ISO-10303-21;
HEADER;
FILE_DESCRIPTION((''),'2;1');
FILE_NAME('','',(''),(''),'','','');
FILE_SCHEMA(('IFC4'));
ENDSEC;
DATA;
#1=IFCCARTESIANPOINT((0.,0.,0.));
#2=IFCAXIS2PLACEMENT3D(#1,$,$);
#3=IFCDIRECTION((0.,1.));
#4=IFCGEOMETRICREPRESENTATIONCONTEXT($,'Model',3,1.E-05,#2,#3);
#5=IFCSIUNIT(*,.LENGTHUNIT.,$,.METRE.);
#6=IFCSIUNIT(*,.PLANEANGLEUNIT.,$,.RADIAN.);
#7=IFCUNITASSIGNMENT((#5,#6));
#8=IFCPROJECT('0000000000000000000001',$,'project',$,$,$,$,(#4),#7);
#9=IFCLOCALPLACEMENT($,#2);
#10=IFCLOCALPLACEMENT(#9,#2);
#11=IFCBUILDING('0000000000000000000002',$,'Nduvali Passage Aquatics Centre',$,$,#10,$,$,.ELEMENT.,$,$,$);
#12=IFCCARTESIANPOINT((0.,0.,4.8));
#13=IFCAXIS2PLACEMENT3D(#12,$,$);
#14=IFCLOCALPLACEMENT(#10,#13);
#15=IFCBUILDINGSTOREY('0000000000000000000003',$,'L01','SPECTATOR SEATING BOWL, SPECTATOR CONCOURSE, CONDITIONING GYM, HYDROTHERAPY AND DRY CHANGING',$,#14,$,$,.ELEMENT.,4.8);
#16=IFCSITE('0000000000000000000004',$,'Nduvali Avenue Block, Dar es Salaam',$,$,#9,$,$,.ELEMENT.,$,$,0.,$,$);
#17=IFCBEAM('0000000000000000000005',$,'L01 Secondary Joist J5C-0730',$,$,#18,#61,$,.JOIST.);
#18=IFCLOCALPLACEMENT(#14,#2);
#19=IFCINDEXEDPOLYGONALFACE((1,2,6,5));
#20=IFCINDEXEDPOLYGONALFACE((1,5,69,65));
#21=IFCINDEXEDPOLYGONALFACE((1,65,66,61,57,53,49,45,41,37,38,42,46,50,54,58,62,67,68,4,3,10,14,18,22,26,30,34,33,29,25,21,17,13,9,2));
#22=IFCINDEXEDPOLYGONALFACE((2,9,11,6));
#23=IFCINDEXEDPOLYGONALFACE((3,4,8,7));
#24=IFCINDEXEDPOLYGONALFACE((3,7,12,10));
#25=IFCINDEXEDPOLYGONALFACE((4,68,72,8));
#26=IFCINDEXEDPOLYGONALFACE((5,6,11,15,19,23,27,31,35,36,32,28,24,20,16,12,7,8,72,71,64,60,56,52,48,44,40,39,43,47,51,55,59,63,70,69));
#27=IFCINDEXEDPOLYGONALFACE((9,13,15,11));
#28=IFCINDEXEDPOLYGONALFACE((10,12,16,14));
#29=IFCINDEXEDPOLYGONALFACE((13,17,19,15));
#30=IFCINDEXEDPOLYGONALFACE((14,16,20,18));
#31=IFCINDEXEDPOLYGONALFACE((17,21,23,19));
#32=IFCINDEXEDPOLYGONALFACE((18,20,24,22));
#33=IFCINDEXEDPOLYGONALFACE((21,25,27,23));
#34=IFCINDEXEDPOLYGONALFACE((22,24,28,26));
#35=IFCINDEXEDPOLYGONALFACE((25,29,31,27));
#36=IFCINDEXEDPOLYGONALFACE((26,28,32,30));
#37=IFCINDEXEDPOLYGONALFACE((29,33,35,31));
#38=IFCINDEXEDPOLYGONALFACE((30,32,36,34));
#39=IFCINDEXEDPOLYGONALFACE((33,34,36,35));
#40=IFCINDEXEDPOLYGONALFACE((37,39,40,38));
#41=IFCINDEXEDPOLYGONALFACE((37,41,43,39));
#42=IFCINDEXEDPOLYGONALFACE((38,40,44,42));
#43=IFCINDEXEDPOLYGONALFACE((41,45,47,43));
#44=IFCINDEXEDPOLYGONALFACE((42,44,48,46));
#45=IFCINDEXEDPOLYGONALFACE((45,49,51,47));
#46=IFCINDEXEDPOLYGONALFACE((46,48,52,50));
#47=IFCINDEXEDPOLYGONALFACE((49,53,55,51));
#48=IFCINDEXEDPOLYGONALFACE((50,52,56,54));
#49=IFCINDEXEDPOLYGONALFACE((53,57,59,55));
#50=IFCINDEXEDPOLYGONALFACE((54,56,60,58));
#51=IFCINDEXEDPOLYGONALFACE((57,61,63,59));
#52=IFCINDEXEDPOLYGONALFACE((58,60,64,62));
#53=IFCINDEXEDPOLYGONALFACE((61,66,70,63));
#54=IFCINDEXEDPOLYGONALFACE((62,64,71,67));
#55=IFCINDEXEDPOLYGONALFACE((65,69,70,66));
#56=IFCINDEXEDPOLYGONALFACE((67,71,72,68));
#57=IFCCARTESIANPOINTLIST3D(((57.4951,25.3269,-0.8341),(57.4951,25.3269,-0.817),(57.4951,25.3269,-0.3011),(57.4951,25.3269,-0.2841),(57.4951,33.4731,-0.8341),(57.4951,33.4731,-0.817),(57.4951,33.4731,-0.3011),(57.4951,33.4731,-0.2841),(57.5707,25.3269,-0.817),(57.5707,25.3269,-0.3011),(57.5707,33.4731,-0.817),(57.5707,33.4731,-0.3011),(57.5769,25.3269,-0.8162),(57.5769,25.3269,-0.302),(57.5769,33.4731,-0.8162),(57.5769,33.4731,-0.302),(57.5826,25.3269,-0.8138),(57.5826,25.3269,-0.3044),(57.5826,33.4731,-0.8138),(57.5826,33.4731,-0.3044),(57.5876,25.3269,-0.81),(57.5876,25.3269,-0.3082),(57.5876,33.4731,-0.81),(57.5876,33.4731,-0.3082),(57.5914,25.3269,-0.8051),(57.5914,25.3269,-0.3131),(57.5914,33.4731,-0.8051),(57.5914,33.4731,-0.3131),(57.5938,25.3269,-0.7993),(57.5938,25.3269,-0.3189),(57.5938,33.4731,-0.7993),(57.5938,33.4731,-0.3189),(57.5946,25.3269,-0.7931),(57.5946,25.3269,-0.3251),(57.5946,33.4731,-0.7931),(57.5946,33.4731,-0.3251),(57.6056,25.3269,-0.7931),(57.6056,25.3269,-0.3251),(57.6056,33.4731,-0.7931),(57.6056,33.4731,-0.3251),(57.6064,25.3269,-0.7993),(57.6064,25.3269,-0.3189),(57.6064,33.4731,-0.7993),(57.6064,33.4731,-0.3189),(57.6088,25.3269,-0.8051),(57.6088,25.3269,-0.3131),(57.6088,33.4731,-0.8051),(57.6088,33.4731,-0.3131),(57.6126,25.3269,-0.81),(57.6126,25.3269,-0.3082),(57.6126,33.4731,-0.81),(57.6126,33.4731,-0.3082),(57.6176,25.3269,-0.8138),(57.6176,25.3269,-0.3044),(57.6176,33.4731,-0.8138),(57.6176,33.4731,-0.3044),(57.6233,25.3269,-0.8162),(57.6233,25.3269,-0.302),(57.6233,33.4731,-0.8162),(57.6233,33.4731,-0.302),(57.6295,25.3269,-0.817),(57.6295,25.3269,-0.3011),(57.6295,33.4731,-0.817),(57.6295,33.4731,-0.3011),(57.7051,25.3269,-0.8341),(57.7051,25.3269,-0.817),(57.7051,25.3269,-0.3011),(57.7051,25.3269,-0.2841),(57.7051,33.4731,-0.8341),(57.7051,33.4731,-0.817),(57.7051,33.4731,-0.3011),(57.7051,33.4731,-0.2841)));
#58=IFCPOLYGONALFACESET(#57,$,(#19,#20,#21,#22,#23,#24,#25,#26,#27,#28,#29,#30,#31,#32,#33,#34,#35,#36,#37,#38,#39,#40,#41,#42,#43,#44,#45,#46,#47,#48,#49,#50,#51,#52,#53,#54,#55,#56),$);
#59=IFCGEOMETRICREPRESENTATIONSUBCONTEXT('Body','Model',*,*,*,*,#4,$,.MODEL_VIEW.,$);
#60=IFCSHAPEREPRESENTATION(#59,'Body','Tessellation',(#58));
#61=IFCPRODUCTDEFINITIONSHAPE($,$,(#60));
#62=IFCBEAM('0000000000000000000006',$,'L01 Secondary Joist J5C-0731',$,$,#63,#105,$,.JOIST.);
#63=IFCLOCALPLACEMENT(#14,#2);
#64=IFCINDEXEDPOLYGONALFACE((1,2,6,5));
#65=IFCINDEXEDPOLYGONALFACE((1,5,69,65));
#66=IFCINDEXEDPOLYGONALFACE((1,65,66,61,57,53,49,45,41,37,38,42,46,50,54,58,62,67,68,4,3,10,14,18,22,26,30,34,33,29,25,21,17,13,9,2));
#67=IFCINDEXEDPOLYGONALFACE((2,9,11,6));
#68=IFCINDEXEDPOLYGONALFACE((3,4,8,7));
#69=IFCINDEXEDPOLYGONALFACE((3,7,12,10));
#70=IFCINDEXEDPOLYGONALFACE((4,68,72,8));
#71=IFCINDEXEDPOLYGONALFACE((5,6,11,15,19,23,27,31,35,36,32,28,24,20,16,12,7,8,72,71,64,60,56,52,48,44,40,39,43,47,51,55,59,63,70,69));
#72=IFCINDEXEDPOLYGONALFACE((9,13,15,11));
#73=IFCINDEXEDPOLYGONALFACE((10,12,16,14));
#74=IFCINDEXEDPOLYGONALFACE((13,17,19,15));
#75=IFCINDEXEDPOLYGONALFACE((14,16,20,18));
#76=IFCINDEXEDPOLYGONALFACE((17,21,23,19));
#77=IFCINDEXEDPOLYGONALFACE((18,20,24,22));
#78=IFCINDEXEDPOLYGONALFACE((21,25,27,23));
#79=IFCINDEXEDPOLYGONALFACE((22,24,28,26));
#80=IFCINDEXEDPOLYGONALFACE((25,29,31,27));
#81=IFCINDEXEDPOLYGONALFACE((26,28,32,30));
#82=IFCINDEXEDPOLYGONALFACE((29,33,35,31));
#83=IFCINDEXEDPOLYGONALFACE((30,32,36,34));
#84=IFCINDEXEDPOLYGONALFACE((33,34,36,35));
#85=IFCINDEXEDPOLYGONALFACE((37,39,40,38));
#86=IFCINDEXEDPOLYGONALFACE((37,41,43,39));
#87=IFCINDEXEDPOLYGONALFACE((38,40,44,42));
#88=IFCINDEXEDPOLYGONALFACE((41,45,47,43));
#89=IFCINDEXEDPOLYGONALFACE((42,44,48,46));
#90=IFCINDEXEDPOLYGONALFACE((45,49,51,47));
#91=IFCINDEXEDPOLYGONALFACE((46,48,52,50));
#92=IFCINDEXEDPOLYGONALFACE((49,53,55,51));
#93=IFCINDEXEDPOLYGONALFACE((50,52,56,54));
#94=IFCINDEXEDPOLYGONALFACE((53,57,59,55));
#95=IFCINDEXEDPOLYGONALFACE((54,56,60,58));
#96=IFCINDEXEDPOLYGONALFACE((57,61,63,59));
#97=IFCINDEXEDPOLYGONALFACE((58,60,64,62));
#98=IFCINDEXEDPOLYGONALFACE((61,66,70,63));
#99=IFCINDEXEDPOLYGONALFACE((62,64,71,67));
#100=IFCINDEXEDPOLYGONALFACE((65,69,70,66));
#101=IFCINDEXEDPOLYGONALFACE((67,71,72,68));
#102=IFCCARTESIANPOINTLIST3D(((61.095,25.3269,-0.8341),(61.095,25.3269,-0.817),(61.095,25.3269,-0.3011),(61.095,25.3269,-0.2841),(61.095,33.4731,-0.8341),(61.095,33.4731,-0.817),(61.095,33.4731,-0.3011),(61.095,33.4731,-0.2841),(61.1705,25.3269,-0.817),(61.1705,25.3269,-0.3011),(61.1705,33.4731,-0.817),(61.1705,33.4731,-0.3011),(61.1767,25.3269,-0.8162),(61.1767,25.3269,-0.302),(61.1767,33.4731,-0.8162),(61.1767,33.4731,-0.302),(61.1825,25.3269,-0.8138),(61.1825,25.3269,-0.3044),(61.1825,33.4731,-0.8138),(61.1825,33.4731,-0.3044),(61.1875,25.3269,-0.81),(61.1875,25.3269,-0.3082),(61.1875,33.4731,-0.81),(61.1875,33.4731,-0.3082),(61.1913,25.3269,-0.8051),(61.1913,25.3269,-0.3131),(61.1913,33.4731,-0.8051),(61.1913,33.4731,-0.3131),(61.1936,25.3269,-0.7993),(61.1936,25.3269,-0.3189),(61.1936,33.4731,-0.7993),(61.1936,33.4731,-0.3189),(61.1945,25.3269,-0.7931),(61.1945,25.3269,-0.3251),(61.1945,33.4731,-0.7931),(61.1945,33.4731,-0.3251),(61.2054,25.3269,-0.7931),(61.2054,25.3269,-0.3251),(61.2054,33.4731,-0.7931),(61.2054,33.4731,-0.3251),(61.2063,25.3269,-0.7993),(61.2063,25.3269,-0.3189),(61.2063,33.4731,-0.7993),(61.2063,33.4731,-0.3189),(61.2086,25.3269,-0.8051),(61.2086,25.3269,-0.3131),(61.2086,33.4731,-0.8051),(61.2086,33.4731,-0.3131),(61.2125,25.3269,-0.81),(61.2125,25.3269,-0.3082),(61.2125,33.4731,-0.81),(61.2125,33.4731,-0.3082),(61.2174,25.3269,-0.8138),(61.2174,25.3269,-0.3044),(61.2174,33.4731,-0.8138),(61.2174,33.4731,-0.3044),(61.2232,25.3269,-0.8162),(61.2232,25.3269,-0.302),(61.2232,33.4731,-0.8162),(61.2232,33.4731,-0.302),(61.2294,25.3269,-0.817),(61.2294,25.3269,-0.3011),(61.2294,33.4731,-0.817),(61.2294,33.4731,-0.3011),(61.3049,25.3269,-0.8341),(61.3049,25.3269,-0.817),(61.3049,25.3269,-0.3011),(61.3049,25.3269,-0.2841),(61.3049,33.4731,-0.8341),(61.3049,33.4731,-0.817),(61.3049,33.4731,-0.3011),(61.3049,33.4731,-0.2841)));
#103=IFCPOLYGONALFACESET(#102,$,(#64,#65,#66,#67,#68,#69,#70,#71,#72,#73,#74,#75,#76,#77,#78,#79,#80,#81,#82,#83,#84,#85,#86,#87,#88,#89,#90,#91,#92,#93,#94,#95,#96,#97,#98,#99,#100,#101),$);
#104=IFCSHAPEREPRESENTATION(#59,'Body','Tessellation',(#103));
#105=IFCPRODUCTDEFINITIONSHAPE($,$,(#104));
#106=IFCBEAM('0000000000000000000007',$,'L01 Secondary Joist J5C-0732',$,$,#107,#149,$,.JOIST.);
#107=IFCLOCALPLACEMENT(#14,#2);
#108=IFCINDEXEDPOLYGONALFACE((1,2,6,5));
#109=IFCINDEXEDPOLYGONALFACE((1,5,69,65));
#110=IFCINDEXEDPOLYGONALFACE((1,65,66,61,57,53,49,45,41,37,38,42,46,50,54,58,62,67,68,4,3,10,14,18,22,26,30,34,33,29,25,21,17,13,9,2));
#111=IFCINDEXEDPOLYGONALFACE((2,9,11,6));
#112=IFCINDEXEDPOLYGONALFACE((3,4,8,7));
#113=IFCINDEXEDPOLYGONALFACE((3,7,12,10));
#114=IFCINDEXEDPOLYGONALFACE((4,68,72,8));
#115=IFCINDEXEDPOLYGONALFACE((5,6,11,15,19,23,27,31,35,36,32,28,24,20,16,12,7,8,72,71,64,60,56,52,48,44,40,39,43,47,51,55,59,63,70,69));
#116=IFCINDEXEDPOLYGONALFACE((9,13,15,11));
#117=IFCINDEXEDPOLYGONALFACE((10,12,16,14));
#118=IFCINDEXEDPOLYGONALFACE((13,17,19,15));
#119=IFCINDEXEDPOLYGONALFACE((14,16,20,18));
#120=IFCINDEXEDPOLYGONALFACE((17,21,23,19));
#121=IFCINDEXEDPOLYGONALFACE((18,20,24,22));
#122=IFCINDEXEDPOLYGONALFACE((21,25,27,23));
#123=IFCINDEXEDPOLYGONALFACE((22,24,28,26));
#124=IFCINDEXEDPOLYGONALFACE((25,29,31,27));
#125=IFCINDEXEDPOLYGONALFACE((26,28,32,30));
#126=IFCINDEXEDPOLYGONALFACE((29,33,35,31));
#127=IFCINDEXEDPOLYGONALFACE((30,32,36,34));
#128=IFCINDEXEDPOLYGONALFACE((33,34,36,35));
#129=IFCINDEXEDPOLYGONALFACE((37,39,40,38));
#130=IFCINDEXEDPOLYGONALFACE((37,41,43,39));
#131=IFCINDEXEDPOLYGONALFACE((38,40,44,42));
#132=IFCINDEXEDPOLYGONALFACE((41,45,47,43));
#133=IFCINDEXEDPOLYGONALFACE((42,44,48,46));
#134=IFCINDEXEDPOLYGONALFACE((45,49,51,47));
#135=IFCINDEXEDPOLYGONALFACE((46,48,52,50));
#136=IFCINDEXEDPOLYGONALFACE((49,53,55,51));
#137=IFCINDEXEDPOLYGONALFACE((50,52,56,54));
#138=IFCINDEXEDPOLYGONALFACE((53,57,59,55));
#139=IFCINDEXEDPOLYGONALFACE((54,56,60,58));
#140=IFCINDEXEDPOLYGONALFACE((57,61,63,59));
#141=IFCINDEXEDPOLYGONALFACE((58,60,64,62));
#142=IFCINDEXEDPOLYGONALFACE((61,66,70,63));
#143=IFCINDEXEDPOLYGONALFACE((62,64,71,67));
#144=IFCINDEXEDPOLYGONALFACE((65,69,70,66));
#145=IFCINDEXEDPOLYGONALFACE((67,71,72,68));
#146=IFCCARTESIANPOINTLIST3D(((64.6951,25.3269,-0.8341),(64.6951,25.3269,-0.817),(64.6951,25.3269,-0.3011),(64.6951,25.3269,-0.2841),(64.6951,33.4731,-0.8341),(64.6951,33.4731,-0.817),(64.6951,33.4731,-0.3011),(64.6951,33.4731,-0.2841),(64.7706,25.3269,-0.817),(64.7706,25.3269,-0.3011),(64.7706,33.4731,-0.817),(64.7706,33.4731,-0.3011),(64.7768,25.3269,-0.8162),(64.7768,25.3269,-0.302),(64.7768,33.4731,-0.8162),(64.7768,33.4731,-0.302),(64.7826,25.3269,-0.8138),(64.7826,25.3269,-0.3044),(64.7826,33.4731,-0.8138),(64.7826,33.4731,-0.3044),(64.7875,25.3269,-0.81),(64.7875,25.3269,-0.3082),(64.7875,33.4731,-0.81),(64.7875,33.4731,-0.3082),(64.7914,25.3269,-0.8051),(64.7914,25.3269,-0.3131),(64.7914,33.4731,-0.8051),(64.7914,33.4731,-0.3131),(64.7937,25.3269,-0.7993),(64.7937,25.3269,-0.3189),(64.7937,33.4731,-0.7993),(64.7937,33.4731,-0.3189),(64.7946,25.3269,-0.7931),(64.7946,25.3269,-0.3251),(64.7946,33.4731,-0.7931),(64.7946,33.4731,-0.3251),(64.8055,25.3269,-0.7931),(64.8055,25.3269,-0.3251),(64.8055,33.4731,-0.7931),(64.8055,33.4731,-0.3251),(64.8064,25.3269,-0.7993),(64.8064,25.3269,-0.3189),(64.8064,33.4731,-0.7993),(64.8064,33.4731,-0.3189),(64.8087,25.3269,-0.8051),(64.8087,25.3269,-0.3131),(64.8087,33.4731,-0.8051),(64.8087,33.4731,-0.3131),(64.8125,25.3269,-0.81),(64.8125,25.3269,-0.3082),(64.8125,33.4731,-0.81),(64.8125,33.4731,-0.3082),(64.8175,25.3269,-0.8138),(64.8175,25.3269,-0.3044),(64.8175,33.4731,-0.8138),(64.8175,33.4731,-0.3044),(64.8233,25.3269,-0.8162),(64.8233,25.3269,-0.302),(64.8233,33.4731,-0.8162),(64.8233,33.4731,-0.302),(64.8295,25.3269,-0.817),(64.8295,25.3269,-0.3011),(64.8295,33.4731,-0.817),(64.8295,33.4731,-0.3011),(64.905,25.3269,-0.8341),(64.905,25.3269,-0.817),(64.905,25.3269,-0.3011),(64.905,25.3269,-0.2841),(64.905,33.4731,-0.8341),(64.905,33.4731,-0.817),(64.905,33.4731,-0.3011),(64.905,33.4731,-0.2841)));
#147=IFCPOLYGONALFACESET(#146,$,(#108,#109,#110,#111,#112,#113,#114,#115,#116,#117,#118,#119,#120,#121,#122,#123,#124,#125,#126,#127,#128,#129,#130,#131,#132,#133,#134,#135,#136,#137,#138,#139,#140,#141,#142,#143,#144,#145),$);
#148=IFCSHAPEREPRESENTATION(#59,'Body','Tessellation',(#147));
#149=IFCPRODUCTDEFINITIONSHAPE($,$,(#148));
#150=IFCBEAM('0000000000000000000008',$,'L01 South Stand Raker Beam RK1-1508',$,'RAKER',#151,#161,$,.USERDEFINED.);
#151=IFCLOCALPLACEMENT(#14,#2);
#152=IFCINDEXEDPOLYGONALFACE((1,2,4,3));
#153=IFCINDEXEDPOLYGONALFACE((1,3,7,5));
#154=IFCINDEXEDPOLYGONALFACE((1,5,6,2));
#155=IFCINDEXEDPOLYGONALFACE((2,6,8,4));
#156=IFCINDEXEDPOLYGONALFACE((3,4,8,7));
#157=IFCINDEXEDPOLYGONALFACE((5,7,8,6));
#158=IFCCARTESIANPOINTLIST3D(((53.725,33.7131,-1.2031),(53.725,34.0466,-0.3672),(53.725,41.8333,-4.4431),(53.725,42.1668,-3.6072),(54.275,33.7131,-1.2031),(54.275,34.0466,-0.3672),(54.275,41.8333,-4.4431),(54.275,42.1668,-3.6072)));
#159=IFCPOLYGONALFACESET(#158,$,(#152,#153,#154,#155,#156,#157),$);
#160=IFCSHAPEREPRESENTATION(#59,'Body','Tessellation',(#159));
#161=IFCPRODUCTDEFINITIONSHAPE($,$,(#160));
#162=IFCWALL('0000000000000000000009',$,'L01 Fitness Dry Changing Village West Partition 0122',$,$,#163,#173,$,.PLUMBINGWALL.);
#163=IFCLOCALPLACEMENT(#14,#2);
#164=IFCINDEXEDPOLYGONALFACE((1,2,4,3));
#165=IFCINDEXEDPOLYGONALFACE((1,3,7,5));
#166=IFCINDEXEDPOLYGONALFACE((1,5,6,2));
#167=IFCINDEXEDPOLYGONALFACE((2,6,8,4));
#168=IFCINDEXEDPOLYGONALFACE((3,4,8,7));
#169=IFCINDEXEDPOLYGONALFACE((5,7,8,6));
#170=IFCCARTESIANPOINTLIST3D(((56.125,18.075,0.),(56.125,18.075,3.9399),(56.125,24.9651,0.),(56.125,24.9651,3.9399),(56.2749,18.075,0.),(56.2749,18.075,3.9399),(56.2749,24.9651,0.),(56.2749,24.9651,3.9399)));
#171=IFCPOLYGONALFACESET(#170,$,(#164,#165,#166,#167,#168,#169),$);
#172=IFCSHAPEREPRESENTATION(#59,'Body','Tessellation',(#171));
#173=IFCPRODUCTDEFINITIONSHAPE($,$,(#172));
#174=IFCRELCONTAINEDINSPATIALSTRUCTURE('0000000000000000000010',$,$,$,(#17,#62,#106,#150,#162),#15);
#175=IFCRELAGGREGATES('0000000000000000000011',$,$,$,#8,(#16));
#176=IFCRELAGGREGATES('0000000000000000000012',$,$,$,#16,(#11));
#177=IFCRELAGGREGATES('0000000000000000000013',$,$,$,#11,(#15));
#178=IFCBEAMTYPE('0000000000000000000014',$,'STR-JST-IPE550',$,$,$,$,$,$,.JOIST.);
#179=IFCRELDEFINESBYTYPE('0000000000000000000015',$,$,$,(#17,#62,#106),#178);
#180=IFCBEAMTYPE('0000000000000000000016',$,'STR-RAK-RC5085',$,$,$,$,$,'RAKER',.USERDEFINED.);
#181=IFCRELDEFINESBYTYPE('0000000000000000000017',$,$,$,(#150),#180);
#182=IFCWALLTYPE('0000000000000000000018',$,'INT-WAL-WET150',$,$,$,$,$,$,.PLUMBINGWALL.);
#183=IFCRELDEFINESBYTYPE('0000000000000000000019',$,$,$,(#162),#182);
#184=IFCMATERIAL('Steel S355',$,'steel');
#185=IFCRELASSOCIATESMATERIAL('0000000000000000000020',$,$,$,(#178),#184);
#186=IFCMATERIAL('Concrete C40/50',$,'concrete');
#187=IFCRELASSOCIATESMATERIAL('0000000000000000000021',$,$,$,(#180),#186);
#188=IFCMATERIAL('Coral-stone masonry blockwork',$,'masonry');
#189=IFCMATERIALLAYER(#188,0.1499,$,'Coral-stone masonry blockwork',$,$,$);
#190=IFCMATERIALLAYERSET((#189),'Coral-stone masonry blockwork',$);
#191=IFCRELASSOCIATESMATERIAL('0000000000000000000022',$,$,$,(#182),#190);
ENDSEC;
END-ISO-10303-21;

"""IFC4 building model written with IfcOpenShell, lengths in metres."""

from ifc_helpers import new_model, si_unit, direction, frame, frame_2d, origin, origin_2d, place, context, subcontext, project, spatial, rectangle, i_section, extrude, material, layer, layer_set, material_profile, profile_set, type_object, element, save


model = new_model("IFC4")

# Units and contexts
model_context = context("Model", 3, precision=1e-05, world=origin(), true_north=direction((0.0, 1.0)))
body_context = subcontext(model_context, "Body", "Model", "MODEL_VIEW")
ifc_project = project(units=[si_unit("LENGTHUNIT", "METRE"), si_unit("PLANEANGLEUNIT", "RADIAN")], contexts=[model_context])

# Site, building, storey
site_placement = place(None, origin())
site = spatial("IfcSite", under=ifc_project, at=site_placement, Name="Nduvali Avenue Block, Dar es Salaam", CompositionType="ELEMENT", RefElevation=0.0)
building_placement = place(site_placement, origin())
building = spatial("IfcBuilding", under=site, at=building_placement, Name="Nduvali Passage Aquatics Centre", CompositionType="ELEMENT")
storey_placement = place(building_placement, frame((0.0, 0.0, 4.8)))
storey = spatial("IfcBuildingStorey", under=building, at=storey_placement, Name="L01", Description="SPECTATOR SEATING BOWL, SPECTATOR CONCOURSE, CONDITIONING GYM, HYDROTHERAPY AND DRY CHANGING", CompositionType="ELEMENT", Elevation=4.8)

# Shared definitions
ifc_material_1 = material(Name="Concrete C40/50", Category="concrete")

# Beams
ifc_material_2 = material(Name="Steel S355", Category="steel")
ifc_material_profile_1 = material_profile(ifc_material_2, i_section(OverallWidth=0.21, OverallDepth=0.55, WebThickness=0.011, FlangeThickness=0.0171, FilletRadius=0.0239, at=origin_2d()), Name="IPE 550")
ifc_profile_set_1 = profile_set([ifc_material_profile_1], Name="Steel S355")
beam_type_1 = type_object("IfcBeamType", Name="STR-JST-IPE550", PredefinedType="JOIST", material=ifc_profile_set_1)
for number, where, z_axis, x_axis, name in (
    (1, (57.6001, 25.3269, -0.5591), (0.0, 1.0, 0.0), (-1.0, 0.0, 0.0), "L01 Secondary Joist J5C-0730"),
    (2, (61.2, 25.3269, -0.5591), (0.0, 1.0, 0.0), (-1.0, 0.0, 0.0), "L01 Secondary Joist J5C-0731"),
    (3, (64.8, 25.3269, -0.5591), (0.0, 1.0, 0.0), (-1.0, 0.0, 0.0), "L01 Secondary Joist J5C-0732"),
):
    element("IfcBeam", number, at=place(storey_placement, frame(where, z_axis=z_axis, x_axis=x_axis)), inside=storey, type_object=beam_type_1, Name=name, PredefinedType="JOIST", context=body_context, shape_type="SweptSolid", body=[
        extrude(i_section(OverallWidth=0.21, OverallDepth=0.55, WebThickness=0.011, FlangeThickness=0.0171, FilletRadius=0.0239, at=origin_2d()), origin(), (0.0, 0.0, 1.0), 8.1462),
    ])
ifc_material_profile_2 = material_profile(ifc_material_1, rectangle(XDim=0.55, YDim=0.8999, at=origin_2d()), Name="RC 550x900")
ifc_profile_set_2 = profile_set([ifc_material_profile_2], Name="Concrete C40/50")
beam_type_2 = type_object("IfcBeamType", Name="STR-RAK-RC5085", ElementType="RAKER", PredefinedType="USERDEFINED", material=ifc_profile_set_2)
beam_1_placement = place(storey_placement, frame((54.0, 33.8799, -0.7852), z_axis=(0.0, 0.928794, -0.370596), x_axis=(-1.0, 0.0, 0.0)))
element("IfcBeam", 4, at=beam_1_placement, inside=storey, type_object=beam_type_2, Name="L01 South Stand Raker Beam RK1-1508", ObjectType="RAKER", PredefinedType="USERDEFINED", context=body_context, shape_type="SweptSolid", body=[
    extrude(rectangle(XDim=0.55, YDim=0.8999, at=origin_2d()), origin(), (0.0, 0.0, 1.0), 8.7427),
])

# Wall
ifc_material_3 = material(Name="Coral-stone masonry blockwork", Category="masonry")
ifc_layer = layer(ifc_material_3, 0.1499, Name="Coral-stone masonry blockwork")
ifc_layer_set = layer_set([ifc_layer], Name="Coral-stone masonry blockwork")
wall_type = type_object("IfcWallType", Name="INT-WAL-WET150", PredefinedType="PLUMBINGWALL", material=ifc_layer_set)
wall_placement = place(storey_placement, frame((56.2, 18.075, 0.0), z_axis=(0.0, 0.0, 1.0), x_axis=(0.0, 1.0, 0.0)))
element("IfcWall", 5, at=wall_placement, inside=storey, type_object=wall_type, Name="L01 Fitness Dry Changing Village West Partition 0122", PredefinedType="PLUMBINGWALL", context=body_context, shape_type="SweptSolid", body=[
    extrude(rectangle(XDim=6.8901, YDim=0.1499, at=frame_2d((3.4451, 0.0))), origin(), (0.0, 0.0, 1.0), 3.9399),
])

save(model, "model.ifc")
